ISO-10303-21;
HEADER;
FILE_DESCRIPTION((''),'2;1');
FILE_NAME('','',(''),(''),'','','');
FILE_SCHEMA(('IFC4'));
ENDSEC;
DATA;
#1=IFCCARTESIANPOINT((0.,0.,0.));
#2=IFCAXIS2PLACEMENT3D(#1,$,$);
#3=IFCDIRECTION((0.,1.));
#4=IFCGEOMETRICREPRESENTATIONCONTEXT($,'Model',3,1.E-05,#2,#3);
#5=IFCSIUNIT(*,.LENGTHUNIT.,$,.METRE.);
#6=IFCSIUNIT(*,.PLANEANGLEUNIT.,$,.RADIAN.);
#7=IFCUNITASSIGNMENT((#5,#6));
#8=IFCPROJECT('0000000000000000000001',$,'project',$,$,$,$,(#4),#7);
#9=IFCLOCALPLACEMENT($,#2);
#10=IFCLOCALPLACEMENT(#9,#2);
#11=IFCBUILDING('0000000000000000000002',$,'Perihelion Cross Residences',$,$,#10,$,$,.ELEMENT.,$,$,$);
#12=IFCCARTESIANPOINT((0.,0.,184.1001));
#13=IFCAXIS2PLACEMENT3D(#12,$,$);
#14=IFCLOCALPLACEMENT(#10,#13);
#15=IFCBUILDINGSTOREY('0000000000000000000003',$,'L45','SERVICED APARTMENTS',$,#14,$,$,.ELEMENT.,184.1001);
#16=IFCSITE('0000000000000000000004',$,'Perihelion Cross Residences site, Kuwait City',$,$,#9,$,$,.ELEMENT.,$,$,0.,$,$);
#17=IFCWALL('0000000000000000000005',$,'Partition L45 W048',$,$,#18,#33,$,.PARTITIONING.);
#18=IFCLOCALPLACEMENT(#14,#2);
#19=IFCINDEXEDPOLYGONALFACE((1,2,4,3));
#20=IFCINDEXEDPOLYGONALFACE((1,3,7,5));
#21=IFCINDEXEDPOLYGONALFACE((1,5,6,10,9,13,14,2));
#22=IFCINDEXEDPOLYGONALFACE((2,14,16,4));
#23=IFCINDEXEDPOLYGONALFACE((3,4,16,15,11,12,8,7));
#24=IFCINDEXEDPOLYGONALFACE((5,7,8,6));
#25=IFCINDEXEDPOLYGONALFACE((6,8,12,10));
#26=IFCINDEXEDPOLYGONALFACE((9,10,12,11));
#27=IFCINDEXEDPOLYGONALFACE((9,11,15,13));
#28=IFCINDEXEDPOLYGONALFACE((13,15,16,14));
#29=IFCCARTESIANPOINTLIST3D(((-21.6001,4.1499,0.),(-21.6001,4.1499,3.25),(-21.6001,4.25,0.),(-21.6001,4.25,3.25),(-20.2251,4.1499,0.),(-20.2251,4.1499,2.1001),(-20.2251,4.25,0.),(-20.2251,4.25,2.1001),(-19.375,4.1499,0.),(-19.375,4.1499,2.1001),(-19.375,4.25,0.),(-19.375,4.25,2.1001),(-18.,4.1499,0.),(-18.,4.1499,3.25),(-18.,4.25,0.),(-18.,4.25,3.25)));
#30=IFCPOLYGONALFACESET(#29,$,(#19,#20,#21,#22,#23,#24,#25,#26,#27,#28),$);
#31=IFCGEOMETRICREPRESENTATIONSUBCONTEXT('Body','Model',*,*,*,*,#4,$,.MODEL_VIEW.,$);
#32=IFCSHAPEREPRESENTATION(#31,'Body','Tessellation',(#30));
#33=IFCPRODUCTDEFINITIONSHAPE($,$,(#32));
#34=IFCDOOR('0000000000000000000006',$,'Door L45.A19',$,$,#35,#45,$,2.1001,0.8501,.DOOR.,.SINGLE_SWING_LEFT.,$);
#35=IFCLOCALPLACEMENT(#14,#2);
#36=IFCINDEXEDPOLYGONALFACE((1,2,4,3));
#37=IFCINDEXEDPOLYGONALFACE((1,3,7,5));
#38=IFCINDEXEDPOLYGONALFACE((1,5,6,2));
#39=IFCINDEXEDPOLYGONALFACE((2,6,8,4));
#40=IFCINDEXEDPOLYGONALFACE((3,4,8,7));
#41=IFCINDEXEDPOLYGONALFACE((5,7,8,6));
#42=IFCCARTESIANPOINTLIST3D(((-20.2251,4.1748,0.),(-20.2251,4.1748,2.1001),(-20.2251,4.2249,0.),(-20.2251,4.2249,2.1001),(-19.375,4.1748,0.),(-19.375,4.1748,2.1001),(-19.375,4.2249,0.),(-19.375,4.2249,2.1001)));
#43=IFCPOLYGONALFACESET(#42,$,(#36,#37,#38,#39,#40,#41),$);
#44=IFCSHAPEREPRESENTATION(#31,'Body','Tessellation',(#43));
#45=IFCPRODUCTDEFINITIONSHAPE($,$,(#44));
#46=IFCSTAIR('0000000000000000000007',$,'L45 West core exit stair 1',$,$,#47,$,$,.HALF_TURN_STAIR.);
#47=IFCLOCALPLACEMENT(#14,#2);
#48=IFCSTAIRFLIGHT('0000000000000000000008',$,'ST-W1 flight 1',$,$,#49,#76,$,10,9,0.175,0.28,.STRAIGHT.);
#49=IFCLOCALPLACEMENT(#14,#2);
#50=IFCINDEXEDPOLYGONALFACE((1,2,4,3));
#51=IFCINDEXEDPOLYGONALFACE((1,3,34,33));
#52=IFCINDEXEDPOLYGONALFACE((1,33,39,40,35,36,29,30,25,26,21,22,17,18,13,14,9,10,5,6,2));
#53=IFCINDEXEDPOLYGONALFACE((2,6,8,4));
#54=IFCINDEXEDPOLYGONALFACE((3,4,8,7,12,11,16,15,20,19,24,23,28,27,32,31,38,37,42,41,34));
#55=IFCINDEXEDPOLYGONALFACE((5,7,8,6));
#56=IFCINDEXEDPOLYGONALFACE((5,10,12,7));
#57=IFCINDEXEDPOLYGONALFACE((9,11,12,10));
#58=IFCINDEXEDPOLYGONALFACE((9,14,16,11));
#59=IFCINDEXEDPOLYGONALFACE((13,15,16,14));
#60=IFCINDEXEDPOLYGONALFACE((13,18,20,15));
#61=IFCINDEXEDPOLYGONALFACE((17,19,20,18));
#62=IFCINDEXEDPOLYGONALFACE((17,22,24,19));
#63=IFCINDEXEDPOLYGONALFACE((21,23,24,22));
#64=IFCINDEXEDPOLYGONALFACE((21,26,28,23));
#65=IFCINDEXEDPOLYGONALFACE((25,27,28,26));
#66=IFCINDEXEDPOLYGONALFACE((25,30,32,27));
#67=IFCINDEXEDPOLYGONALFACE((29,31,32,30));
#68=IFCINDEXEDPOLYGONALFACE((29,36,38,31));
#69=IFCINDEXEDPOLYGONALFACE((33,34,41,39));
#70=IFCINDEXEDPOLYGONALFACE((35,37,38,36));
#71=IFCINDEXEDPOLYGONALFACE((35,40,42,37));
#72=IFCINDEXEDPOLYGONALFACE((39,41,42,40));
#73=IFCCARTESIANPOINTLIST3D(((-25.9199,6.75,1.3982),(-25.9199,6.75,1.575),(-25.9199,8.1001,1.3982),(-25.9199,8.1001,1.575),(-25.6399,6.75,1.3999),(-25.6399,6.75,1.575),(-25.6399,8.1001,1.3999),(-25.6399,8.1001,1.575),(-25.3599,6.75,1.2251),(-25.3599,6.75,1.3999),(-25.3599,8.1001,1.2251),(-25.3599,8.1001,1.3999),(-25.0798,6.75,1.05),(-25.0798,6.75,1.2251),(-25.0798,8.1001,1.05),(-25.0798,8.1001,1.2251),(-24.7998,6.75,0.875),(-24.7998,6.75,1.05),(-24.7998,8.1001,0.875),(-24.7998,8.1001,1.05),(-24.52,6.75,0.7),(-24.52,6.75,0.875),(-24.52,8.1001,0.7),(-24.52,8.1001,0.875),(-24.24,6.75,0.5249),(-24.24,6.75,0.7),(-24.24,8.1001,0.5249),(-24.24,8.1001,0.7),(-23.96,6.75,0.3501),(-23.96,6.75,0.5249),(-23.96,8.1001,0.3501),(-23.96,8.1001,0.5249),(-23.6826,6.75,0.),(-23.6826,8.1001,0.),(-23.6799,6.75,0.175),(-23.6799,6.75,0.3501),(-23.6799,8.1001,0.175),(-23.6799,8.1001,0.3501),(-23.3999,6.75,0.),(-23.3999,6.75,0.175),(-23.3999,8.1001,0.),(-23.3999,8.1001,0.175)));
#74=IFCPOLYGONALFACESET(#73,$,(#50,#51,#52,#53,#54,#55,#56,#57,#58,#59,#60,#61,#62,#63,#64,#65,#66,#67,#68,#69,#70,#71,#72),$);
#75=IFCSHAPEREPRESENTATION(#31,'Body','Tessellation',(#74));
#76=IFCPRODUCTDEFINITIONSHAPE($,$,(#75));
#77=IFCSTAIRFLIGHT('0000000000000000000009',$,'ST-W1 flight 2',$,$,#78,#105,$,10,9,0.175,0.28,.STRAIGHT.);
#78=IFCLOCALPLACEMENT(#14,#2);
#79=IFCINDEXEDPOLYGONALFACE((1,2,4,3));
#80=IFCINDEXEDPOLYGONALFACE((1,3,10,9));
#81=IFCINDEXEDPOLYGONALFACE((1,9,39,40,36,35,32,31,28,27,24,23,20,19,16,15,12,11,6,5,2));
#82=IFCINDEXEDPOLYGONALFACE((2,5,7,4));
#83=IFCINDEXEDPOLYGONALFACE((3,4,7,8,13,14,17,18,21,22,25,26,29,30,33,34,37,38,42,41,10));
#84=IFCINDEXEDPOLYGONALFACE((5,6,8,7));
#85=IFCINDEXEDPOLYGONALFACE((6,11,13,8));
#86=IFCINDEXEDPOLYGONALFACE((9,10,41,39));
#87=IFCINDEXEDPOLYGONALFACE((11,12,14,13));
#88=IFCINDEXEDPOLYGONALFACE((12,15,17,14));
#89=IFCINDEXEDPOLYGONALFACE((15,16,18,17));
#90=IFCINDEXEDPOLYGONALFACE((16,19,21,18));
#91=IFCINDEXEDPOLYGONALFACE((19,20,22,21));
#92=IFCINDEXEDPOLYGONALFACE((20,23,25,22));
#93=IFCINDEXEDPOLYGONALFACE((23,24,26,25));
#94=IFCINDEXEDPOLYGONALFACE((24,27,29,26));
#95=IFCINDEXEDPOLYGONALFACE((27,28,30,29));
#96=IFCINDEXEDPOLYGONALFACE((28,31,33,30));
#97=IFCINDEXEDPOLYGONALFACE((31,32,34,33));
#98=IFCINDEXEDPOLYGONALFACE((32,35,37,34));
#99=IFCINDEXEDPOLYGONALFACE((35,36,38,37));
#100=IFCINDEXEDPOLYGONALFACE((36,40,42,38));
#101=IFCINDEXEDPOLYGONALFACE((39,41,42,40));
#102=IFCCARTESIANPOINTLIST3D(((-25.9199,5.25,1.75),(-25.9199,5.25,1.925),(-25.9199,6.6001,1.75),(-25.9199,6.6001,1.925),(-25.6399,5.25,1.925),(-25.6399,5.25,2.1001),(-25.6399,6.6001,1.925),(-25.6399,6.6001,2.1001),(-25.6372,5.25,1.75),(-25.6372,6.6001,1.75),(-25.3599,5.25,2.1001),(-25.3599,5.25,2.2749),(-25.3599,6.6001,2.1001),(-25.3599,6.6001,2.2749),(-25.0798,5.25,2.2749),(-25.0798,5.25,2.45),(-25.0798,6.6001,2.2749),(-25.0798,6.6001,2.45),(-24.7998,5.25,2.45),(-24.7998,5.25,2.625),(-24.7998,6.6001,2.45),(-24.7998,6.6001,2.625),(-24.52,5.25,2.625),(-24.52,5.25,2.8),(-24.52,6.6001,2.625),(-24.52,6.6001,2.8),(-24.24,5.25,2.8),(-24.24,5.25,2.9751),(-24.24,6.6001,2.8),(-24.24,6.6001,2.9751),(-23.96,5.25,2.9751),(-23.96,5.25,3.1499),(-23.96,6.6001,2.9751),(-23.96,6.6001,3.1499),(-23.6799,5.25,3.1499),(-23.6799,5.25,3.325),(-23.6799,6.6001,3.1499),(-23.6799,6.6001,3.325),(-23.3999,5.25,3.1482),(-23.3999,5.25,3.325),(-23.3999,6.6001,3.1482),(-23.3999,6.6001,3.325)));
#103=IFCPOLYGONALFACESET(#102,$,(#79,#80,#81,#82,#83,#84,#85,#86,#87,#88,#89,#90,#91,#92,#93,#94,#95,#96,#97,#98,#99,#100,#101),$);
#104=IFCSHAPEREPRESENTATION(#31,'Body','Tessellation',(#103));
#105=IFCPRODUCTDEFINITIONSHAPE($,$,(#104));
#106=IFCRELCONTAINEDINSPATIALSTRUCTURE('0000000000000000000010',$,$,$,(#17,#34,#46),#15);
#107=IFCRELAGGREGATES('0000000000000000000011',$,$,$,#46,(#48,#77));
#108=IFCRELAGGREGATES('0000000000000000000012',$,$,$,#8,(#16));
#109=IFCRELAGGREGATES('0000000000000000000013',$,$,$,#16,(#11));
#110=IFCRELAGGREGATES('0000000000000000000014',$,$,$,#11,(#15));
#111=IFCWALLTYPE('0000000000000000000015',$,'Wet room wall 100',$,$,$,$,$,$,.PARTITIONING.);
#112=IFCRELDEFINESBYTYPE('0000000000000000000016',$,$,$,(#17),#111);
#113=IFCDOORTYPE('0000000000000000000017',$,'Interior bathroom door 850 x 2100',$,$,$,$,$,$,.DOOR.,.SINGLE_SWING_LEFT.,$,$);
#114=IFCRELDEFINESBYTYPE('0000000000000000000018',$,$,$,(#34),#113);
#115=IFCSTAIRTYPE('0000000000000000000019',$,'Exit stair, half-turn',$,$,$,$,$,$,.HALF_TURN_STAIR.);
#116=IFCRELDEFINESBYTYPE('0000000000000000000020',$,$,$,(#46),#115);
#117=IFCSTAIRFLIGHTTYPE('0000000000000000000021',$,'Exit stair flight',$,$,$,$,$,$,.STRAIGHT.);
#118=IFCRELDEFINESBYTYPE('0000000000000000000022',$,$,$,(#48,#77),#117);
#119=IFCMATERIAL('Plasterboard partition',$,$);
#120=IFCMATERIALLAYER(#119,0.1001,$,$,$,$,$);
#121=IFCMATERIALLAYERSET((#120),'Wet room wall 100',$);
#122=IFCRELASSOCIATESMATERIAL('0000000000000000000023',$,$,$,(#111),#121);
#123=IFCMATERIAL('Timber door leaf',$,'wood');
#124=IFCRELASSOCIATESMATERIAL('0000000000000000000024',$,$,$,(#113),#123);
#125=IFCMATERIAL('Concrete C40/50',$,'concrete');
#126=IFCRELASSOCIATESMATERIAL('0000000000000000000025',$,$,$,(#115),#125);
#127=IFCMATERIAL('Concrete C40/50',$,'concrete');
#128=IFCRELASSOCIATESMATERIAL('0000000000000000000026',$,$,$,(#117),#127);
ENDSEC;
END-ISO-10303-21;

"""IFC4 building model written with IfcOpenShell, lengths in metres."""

from ifc_helpers import new_model, si_unit, direction, frame, frame_2d, origin, place, context, subcontext, project, spatial, polyline, rectangle, outline, extrude, material, layer, layer_set, type_object, element, fill, aggregate, save


model = new_model("IFC4")

# Units and contexts
model_context = context("Model", 3, precision=1e-05, world=origin(), true_north=direction((0.0, 1.0)))
body_context = subcontext(model_context, "Body", "Model", "MODEL_VIEW")
ifc_project = project(units=[si_unit("LENGTHUNIT", "METRE"), si_unit("PLANEANGLEUNIT", "RADIAN")], contexts=[model_context])

# Site, building, storey
site_placement = place(None, origin())
site = spatial("IfcSite", under=ifc_project, at=site_placement, Name="Perihelion Cross Residences site, Kuwait City", CompositionType="ELEMENT", RefElevation=0.0)
building_placement = place(site_placement, origin())
building = spatial("IfcBuilding", under=site, at=building_placement, Name="Perihelion Cross Residences", CompositionType="ELEMENT")
storey_placement = place(building_placement, frame((0.0, 0.0, 184.1001)))
storey = spatial("IfcBuildingStorey", under=building, at=storey_placement, Name="L45", Description="SERVICED APARTMENTS", CompositionType="ELEMENT", Elevation=184.1001)

# Wall, opening, door
ifc_material_1 = material(Name="Plasterboard partition")
ifc_layer_1 = layer(ifc_material_1, 0.1001)
ifc_layer_set_1 = layer_set([ifc_layer_1], Name="Wet room wall 100")
wall_type_1 = type_object("IfcWallType", Name="Wet room wall 100", PredefinedType="PARTITIONING", material=ifc_layer_set_1)
wall_1_placement = place(storey_placement, frame((-21.6001, 4.2, 0.0), z_axis=(0.0, 0.0, 1.0), x_axis=(1.0, 0.0, 0.0)))
wall_1 = element("IfcWall", 1, at=wall_1_placement, inside=storey, type_object=wall_type_1, Name="Partition L45 W048", PredefinedType="PARTITIONING", context=body_context, shape_type="SweptSolid", body=[
    extrude(rectangle(XDim=3.6001, YDim=0.1001, at=frame_2d((1.8, 0.0))), origin(), (0.0, 0.0, 1.0), 3.25),
])
opening_1_placement = place(wall_1_placement, frame((1.375, 0.0, 0.0)))
opening_1 = element("IfcOpeningElement", 2, at=opening_1_placement, cuts=wall_1, PredefinedType="OPENING", context=body_context, shape_type="SweptSolid", body=[
    extrude(rectangle(XDim=0.8501, YDim=2.1001, at=frame_2d((0.425, 1.05))), frame((0.0, 0.0601, 0.0), z_axis=(0.0, -1.0, 0.0), x_axis=(1.0, 0.0, 0.0)), (0.0, 0.0, 1.0), 0.1201),
])
ifc_material_2 = material(Name="Timber door leaf", Category="wood")
door_type_1 = type_object("IfcDoorType", Name="Interior bathroom door 850 x 2100", OperationType="SINGLE_SWING_LEFT", PredefinedType="DOOR", material=ifc_material_2)
door_1_placement = place(opening_1_placement, origin())
door_1 = element("IfcDoor", 3, at=door_1_placement, inside=storey, type_object=door_type_1, Name="Door L45.A19", OperationType="SINGLE_SWING_LEFT", OverallHeight=2.1001, OverallWidth=0.8501, PredefinedType="DOOR", context=body_context, shape_type="SweptSolid", body=[
    extrude(rectangle(XDim=0.8501, YDim=2.1001, at=frame_2d((0.425, 1.05))), frame((0.0, 0.0249, 0.0), z_axis=(0.0, -1.0, 0.0), x_axis=(1.0, 0.0, 0.0)), (0.0, 0.0, 1.0), 0.05),
])
fill(opening_1, door_1)

# Stair, stair flights
ifc_material_3 = material(Name="Concrete C40/50", Category="concrete")
stair_type = type_object("IfcStairType", Name="Exit stair, half-turn", PredefinedType="HALF_TURN_STAIR", material=ifc_material_3)
stair_placement = place(storey_placement, origin())
stair = element("IfcStair", 4, at=stair_placement, inside=storey, type_object=stair_type, Name="L45 West core exit stair 1", PredefinedType="HALF_TURN_STAIR")
ifc_material_4 = material(Name="Concrete C40/50", Category="concrete")
stair_flight_type = type_object("IfcStairFlightType", Name="Exit stair flight", PredefinedType="STRAIGHT", material=ifc_material_4)
stair_flight_1_placement = place(storey_placement, frame((-23.3999, 7.425, 0.0), z_axis=(0.0, 0.0, 1.0), x_axis=(-1.0, 0.0, 0.0)))
stair_flight_1 = element("IfcStairFlight", 5, at=stair_flight_1_placement, type_object=stair_flight_type, Name="ST-W1 flight 1", NumberOfRisers=10, NumberOfTreads=9, PredefinedType="STRAIGHT", RiserHeight=0.175, TreadLength=0.28, context=body_context, shape_type="SweptSolid", body=[
    extrude(outline(polyline([(0.0, 0.0), (0.0, 0.175), (0.28, 0.175), (0.28, 0.3501), (0.5601, 0.3501), (0.5601, 0.5249), (0.8401, 0.5249), (0.8401, 0.7), (1.1201, 0.7), (1.1201, 0.875), (1.3999, 0.875), (1.3999, 1.05), (1.6799, 1.05), (1.6799, 1.2251), (1.96, 1.2251), (1.96, 1.3999), (2.24, 1.3999), (2.24, 1.575), (2.52, 1.575), (2.52, 1.75), (2.52, 1.3982), (0.2827, 0.0), (0.0, 0.0)])), frame((0.0, 0.675, 0.0), z_axis=(0.0, -1.0, 0.0), x_axis=(1.0, 0.0, 0.0)), (0.0, 0.0, 1.0), 1.3501),
])
stair_flight_2_placement = place(storey_placement, frame((-25.9199, 5.925, 1.75), z_axis=(0.0, 0.0, 1.0), x_axis=(1.0, 0.0, 0.0)))
stair_flight_2 = element("IfcStairFlight", 6, at=stair_flight_2_placement, type_object=stair_flight_type, Name="ST-W1 flight 2", NumberOfRisers=10, NumberOfTreads=9, PredefinedType="STRAIGHT", RiserHeight=0.175, TreadLength=0.28, context=body_context, shape_type="SweptSolid", body=[
    extrude(outline(polyline([(0.0, 0.0), (0.0, 0.175), (0.28, 0.175), (0.28, 0.3501), (0.5601, 0.3501), (0.5601, 0.5249), (0.8401, 0.5249), (0.8401, 0.7), (1.1201, 0.7), (1.1201, 0.875), (1.3999, 0.875), (1.3999, 1.05), (1.6799, 1.05), (1.6799, 1.2251), (1.96, 1.2251), (1.96, 1.3999), (2.24, 1.3999), (2.24, 1.575), (2.52, 1.575), (2.52, 1.75), (2.52, 1.3982), (0.2827, 0.0), (0.0, 0.0)])), frame((0.0, 0.675, 0.0), z_axis=(0.0, -1.0, 0.0), x_axis=(1.0, 0.0, 0.0)), (0.0, 0.0, 1.0), 1.3501),
])
aggregate(stair, [stair_flight_1, stair_flight_2])

save(model, "model.ifc")
